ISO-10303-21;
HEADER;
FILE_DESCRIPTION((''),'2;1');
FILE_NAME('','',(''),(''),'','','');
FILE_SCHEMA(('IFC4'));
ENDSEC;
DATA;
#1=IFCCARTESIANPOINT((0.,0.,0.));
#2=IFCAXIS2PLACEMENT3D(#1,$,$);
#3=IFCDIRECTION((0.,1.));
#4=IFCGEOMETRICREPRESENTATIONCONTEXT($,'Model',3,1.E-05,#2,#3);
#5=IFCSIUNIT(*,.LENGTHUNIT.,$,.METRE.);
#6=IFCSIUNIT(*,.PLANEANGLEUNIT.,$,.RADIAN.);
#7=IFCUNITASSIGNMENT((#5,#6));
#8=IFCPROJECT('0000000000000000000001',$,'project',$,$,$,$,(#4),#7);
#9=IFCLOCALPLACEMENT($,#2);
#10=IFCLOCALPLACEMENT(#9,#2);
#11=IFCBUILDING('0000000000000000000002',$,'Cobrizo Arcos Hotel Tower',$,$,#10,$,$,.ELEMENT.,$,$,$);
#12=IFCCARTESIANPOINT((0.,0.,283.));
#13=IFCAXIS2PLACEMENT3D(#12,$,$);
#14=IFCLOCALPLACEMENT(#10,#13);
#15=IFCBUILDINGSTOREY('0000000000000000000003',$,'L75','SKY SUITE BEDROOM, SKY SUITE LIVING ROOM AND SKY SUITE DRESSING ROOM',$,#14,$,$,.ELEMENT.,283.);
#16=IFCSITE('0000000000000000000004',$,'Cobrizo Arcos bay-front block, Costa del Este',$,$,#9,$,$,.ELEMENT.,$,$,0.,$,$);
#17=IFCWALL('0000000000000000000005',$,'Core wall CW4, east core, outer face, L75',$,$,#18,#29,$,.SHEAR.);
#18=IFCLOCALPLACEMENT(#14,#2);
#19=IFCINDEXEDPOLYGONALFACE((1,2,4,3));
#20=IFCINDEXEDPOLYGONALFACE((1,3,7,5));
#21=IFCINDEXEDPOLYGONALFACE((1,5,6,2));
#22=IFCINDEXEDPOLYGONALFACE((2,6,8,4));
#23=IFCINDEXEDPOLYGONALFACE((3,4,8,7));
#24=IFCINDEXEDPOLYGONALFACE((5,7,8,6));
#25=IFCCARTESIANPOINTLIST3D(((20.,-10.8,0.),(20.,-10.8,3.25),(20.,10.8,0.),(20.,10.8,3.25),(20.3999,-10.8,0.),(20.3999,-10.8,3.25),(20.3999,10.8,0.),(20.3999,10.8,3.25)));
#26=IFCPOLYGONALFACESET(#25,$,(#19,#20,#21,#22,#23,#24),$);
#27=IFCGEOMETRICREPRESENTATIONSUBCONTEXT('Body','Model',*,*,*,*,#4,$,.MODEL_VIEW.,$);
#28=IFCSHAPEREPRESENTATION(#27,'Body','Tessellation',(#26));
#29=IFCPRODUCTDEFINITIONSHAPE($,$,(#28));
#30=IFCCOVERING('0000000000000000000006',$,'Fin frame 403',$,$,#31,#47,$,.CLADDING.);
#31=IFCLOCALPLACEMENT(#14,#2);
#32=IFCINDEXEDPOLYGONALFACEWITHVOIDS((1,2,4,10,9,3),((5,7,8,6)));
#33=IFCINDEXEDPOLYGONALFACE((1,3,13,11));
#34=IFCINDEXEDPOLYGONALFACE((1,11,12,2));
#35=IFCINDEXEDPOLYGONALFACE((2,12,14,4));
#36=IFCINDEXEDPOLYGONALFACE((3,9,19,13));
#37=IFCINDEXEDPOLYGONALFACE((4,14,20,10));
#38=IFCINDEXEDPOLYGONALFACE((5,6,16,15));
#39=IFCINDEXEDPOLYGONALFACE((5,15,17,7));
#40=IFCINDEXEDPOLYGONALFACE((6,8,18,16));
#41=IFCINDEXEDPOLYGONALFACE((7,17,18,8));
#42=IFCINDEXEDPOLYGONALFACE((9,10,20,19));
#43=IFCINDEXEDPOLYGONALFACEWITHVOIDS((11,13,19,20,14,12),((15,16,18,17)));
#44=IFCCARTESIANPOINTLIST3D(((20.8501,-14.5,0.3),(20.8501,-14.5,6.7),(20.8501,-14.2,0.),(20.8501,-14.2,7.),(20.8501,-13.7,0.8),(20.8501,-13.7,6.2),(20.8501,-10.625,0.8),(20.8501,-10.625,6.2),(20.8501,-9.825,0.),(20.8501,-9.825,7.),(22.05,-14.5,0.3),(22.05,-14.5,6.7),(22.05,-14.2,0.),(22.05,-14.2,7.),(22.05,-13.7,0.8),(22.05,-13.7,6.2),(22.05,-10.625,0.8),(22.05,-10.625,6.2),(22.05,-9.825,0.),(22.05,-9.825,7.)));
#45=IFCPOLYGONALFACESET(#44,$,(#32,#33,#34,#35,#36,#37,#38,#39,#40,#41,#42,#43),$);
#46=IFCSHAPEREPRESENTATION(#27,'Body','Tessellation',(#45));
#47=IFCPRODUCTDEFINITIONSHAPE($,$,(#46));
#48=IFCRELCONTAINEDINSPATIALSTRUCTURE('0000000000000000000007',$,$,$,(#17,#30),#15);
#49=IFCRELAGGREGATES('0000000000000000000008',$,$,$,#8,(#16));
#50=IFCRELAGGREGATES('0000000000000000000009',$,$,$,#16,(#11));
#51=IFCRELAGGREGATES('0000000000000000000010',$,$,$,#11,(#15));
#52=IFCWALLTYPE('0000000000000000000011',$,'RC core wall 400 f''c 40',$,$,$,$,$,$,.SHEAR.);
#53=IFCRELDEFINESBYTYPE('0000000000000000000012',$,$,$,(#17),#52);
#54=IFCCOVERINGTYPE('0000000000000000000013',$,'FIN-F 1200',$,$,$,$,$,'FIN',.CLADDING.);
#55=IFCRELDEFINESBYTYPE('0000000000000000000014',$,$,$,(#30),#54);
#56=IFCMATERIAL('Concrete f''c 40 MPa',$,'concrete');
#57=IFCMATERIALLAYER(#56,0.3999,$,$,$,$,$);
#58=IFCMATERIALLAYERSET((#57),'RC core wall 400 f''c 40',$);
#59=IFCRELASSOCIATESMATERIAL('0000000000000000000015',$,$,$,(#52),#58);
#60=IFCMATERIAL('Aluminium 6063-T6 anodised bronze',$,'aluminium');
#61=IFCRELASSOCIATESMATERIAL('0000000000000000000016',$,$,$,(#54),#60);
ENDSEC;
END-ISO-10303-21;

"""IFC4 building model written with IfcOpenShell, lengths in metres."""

from ifc_helpers import new_model, si_unit, direction, frame, frame_2d, origin, place, context, subcontext, project, spatial, polyline, rectangle, outline, extrude, material, layer, layer_set, type_object, element, save


model = new_model("IFC4")

# Units and contexts
model_context = context("Model", 3, precision=1e-05, world=origin(), true_north=direction((0.0, 1.0)))
body_context = subcontext(model_context, "Body", "Model", "MODEL_VIEW")
ifc_project = project(units=[si_unit("LENGTHUNIT", "METRE"), si_unit("PLANEANGLEUNIT", "RADIAN")], contexts=[model_context])

# Site, building, storey
site_placement = place(None, origin())
site = spatial("IfcSite", under=ifc_project, at=site_placement, Name="Cobrizo Arcos bay-front block, Costa del Este", CompositionType="ELEMENT", RefElevation=0.0)
building_placement = place(site_placement, origin())
building = spatial("IfcBuilding", under=site, at=building_placement, Name="Cobrizo Arcos Hotel Tower", CompositionType="ELEMENT")
storey_placement = place(building_placement, frame((0.0, 0.0, 283.0)))
storey = spatial("IfcBuildingStorey", under=building, at=storey_placement, Name="L75", Description="SKY SUITE BEDROOM, SKY SUITE LIVING ROOM AND SKY SUITE DRESSING ROOM", CompositionType="ELEMENT", Elevation=283.0)

# Shared definitions
ifc_material_1 = material(Name="Aluminium 6063-T6 anodised bronze", Category="aluminium")

# Shared definitions
ifc_material_2 = material(Name="Concrete f'c 40 MPa", Category="concrete")
ifc_layer_1 = layer(ifc_material_2, 0.3999)
ifc_layer_set_1 = layer_set([ifc_layer_1], Name="RC core wall 400 f'c 40")
wall_type_1 = type_object("IfcWallType", Name="RC core wall 400 f'c 40", PredefinedType="SHEAR", material=ifc_layer_set_1)

# Wall
wall_1_placement = place(storey_placement, frame((20.2, -10.8, 0.0), z_axis=(0.0, 0.0, 1.0), x_axis=(0.0, 1.0, 0.0)))
element("IfcWall", 1, at=wall_1_placement, inside=storey, type_object=wall_type_1, Name="Core wall CW4, east core, outer face, L75", PredefinedType="SHEAR", context=body_context, shape_type="SweptSolid", body=[
    extrude(rectangle(XDim=21.6001, YDim=0.3999, at=frame_2d((10.8, 0.0))), origin(), (0.0, 0.0, 1.0), 3.25),
])

# Covering
covering_type = type_object("IfcCoveringType", Name="FIN-F 1200", ElementType="FIN", PredefinedType="CLADDING", material=ifc_material_1)
covering_placement = place(storey_placement, frame((20.8501, -14.5, 0.0), z_axis=(1.0, 0.0, 0.0), x_axis=(0.0, 1.0, 0.0)))
element("IfcCovering", 2, at=covering_placement, inside=storey, type_object=covering_type, Name="Fin frame 403", PredefinedType="CLADDING", context=body_context, shape_type="SweptSolid", body=[
    extrude(outline(polyline([(0.0, 0.3), (0.3, 0.0), (4.675, 0.0), (4.675, 7.0), (0.3, 7.0), (0.0, 6.7), (0.0, 0.3)]), holes=[polyline([(3.875, 0.8), (0.8, 0.8), (0.8, 6.2), (3.875, 6.2), (3.875, 0.8)])]), origin(), (0.0, 0.0, 1.0), 1.2),
])

save(model, "model.ifc")
